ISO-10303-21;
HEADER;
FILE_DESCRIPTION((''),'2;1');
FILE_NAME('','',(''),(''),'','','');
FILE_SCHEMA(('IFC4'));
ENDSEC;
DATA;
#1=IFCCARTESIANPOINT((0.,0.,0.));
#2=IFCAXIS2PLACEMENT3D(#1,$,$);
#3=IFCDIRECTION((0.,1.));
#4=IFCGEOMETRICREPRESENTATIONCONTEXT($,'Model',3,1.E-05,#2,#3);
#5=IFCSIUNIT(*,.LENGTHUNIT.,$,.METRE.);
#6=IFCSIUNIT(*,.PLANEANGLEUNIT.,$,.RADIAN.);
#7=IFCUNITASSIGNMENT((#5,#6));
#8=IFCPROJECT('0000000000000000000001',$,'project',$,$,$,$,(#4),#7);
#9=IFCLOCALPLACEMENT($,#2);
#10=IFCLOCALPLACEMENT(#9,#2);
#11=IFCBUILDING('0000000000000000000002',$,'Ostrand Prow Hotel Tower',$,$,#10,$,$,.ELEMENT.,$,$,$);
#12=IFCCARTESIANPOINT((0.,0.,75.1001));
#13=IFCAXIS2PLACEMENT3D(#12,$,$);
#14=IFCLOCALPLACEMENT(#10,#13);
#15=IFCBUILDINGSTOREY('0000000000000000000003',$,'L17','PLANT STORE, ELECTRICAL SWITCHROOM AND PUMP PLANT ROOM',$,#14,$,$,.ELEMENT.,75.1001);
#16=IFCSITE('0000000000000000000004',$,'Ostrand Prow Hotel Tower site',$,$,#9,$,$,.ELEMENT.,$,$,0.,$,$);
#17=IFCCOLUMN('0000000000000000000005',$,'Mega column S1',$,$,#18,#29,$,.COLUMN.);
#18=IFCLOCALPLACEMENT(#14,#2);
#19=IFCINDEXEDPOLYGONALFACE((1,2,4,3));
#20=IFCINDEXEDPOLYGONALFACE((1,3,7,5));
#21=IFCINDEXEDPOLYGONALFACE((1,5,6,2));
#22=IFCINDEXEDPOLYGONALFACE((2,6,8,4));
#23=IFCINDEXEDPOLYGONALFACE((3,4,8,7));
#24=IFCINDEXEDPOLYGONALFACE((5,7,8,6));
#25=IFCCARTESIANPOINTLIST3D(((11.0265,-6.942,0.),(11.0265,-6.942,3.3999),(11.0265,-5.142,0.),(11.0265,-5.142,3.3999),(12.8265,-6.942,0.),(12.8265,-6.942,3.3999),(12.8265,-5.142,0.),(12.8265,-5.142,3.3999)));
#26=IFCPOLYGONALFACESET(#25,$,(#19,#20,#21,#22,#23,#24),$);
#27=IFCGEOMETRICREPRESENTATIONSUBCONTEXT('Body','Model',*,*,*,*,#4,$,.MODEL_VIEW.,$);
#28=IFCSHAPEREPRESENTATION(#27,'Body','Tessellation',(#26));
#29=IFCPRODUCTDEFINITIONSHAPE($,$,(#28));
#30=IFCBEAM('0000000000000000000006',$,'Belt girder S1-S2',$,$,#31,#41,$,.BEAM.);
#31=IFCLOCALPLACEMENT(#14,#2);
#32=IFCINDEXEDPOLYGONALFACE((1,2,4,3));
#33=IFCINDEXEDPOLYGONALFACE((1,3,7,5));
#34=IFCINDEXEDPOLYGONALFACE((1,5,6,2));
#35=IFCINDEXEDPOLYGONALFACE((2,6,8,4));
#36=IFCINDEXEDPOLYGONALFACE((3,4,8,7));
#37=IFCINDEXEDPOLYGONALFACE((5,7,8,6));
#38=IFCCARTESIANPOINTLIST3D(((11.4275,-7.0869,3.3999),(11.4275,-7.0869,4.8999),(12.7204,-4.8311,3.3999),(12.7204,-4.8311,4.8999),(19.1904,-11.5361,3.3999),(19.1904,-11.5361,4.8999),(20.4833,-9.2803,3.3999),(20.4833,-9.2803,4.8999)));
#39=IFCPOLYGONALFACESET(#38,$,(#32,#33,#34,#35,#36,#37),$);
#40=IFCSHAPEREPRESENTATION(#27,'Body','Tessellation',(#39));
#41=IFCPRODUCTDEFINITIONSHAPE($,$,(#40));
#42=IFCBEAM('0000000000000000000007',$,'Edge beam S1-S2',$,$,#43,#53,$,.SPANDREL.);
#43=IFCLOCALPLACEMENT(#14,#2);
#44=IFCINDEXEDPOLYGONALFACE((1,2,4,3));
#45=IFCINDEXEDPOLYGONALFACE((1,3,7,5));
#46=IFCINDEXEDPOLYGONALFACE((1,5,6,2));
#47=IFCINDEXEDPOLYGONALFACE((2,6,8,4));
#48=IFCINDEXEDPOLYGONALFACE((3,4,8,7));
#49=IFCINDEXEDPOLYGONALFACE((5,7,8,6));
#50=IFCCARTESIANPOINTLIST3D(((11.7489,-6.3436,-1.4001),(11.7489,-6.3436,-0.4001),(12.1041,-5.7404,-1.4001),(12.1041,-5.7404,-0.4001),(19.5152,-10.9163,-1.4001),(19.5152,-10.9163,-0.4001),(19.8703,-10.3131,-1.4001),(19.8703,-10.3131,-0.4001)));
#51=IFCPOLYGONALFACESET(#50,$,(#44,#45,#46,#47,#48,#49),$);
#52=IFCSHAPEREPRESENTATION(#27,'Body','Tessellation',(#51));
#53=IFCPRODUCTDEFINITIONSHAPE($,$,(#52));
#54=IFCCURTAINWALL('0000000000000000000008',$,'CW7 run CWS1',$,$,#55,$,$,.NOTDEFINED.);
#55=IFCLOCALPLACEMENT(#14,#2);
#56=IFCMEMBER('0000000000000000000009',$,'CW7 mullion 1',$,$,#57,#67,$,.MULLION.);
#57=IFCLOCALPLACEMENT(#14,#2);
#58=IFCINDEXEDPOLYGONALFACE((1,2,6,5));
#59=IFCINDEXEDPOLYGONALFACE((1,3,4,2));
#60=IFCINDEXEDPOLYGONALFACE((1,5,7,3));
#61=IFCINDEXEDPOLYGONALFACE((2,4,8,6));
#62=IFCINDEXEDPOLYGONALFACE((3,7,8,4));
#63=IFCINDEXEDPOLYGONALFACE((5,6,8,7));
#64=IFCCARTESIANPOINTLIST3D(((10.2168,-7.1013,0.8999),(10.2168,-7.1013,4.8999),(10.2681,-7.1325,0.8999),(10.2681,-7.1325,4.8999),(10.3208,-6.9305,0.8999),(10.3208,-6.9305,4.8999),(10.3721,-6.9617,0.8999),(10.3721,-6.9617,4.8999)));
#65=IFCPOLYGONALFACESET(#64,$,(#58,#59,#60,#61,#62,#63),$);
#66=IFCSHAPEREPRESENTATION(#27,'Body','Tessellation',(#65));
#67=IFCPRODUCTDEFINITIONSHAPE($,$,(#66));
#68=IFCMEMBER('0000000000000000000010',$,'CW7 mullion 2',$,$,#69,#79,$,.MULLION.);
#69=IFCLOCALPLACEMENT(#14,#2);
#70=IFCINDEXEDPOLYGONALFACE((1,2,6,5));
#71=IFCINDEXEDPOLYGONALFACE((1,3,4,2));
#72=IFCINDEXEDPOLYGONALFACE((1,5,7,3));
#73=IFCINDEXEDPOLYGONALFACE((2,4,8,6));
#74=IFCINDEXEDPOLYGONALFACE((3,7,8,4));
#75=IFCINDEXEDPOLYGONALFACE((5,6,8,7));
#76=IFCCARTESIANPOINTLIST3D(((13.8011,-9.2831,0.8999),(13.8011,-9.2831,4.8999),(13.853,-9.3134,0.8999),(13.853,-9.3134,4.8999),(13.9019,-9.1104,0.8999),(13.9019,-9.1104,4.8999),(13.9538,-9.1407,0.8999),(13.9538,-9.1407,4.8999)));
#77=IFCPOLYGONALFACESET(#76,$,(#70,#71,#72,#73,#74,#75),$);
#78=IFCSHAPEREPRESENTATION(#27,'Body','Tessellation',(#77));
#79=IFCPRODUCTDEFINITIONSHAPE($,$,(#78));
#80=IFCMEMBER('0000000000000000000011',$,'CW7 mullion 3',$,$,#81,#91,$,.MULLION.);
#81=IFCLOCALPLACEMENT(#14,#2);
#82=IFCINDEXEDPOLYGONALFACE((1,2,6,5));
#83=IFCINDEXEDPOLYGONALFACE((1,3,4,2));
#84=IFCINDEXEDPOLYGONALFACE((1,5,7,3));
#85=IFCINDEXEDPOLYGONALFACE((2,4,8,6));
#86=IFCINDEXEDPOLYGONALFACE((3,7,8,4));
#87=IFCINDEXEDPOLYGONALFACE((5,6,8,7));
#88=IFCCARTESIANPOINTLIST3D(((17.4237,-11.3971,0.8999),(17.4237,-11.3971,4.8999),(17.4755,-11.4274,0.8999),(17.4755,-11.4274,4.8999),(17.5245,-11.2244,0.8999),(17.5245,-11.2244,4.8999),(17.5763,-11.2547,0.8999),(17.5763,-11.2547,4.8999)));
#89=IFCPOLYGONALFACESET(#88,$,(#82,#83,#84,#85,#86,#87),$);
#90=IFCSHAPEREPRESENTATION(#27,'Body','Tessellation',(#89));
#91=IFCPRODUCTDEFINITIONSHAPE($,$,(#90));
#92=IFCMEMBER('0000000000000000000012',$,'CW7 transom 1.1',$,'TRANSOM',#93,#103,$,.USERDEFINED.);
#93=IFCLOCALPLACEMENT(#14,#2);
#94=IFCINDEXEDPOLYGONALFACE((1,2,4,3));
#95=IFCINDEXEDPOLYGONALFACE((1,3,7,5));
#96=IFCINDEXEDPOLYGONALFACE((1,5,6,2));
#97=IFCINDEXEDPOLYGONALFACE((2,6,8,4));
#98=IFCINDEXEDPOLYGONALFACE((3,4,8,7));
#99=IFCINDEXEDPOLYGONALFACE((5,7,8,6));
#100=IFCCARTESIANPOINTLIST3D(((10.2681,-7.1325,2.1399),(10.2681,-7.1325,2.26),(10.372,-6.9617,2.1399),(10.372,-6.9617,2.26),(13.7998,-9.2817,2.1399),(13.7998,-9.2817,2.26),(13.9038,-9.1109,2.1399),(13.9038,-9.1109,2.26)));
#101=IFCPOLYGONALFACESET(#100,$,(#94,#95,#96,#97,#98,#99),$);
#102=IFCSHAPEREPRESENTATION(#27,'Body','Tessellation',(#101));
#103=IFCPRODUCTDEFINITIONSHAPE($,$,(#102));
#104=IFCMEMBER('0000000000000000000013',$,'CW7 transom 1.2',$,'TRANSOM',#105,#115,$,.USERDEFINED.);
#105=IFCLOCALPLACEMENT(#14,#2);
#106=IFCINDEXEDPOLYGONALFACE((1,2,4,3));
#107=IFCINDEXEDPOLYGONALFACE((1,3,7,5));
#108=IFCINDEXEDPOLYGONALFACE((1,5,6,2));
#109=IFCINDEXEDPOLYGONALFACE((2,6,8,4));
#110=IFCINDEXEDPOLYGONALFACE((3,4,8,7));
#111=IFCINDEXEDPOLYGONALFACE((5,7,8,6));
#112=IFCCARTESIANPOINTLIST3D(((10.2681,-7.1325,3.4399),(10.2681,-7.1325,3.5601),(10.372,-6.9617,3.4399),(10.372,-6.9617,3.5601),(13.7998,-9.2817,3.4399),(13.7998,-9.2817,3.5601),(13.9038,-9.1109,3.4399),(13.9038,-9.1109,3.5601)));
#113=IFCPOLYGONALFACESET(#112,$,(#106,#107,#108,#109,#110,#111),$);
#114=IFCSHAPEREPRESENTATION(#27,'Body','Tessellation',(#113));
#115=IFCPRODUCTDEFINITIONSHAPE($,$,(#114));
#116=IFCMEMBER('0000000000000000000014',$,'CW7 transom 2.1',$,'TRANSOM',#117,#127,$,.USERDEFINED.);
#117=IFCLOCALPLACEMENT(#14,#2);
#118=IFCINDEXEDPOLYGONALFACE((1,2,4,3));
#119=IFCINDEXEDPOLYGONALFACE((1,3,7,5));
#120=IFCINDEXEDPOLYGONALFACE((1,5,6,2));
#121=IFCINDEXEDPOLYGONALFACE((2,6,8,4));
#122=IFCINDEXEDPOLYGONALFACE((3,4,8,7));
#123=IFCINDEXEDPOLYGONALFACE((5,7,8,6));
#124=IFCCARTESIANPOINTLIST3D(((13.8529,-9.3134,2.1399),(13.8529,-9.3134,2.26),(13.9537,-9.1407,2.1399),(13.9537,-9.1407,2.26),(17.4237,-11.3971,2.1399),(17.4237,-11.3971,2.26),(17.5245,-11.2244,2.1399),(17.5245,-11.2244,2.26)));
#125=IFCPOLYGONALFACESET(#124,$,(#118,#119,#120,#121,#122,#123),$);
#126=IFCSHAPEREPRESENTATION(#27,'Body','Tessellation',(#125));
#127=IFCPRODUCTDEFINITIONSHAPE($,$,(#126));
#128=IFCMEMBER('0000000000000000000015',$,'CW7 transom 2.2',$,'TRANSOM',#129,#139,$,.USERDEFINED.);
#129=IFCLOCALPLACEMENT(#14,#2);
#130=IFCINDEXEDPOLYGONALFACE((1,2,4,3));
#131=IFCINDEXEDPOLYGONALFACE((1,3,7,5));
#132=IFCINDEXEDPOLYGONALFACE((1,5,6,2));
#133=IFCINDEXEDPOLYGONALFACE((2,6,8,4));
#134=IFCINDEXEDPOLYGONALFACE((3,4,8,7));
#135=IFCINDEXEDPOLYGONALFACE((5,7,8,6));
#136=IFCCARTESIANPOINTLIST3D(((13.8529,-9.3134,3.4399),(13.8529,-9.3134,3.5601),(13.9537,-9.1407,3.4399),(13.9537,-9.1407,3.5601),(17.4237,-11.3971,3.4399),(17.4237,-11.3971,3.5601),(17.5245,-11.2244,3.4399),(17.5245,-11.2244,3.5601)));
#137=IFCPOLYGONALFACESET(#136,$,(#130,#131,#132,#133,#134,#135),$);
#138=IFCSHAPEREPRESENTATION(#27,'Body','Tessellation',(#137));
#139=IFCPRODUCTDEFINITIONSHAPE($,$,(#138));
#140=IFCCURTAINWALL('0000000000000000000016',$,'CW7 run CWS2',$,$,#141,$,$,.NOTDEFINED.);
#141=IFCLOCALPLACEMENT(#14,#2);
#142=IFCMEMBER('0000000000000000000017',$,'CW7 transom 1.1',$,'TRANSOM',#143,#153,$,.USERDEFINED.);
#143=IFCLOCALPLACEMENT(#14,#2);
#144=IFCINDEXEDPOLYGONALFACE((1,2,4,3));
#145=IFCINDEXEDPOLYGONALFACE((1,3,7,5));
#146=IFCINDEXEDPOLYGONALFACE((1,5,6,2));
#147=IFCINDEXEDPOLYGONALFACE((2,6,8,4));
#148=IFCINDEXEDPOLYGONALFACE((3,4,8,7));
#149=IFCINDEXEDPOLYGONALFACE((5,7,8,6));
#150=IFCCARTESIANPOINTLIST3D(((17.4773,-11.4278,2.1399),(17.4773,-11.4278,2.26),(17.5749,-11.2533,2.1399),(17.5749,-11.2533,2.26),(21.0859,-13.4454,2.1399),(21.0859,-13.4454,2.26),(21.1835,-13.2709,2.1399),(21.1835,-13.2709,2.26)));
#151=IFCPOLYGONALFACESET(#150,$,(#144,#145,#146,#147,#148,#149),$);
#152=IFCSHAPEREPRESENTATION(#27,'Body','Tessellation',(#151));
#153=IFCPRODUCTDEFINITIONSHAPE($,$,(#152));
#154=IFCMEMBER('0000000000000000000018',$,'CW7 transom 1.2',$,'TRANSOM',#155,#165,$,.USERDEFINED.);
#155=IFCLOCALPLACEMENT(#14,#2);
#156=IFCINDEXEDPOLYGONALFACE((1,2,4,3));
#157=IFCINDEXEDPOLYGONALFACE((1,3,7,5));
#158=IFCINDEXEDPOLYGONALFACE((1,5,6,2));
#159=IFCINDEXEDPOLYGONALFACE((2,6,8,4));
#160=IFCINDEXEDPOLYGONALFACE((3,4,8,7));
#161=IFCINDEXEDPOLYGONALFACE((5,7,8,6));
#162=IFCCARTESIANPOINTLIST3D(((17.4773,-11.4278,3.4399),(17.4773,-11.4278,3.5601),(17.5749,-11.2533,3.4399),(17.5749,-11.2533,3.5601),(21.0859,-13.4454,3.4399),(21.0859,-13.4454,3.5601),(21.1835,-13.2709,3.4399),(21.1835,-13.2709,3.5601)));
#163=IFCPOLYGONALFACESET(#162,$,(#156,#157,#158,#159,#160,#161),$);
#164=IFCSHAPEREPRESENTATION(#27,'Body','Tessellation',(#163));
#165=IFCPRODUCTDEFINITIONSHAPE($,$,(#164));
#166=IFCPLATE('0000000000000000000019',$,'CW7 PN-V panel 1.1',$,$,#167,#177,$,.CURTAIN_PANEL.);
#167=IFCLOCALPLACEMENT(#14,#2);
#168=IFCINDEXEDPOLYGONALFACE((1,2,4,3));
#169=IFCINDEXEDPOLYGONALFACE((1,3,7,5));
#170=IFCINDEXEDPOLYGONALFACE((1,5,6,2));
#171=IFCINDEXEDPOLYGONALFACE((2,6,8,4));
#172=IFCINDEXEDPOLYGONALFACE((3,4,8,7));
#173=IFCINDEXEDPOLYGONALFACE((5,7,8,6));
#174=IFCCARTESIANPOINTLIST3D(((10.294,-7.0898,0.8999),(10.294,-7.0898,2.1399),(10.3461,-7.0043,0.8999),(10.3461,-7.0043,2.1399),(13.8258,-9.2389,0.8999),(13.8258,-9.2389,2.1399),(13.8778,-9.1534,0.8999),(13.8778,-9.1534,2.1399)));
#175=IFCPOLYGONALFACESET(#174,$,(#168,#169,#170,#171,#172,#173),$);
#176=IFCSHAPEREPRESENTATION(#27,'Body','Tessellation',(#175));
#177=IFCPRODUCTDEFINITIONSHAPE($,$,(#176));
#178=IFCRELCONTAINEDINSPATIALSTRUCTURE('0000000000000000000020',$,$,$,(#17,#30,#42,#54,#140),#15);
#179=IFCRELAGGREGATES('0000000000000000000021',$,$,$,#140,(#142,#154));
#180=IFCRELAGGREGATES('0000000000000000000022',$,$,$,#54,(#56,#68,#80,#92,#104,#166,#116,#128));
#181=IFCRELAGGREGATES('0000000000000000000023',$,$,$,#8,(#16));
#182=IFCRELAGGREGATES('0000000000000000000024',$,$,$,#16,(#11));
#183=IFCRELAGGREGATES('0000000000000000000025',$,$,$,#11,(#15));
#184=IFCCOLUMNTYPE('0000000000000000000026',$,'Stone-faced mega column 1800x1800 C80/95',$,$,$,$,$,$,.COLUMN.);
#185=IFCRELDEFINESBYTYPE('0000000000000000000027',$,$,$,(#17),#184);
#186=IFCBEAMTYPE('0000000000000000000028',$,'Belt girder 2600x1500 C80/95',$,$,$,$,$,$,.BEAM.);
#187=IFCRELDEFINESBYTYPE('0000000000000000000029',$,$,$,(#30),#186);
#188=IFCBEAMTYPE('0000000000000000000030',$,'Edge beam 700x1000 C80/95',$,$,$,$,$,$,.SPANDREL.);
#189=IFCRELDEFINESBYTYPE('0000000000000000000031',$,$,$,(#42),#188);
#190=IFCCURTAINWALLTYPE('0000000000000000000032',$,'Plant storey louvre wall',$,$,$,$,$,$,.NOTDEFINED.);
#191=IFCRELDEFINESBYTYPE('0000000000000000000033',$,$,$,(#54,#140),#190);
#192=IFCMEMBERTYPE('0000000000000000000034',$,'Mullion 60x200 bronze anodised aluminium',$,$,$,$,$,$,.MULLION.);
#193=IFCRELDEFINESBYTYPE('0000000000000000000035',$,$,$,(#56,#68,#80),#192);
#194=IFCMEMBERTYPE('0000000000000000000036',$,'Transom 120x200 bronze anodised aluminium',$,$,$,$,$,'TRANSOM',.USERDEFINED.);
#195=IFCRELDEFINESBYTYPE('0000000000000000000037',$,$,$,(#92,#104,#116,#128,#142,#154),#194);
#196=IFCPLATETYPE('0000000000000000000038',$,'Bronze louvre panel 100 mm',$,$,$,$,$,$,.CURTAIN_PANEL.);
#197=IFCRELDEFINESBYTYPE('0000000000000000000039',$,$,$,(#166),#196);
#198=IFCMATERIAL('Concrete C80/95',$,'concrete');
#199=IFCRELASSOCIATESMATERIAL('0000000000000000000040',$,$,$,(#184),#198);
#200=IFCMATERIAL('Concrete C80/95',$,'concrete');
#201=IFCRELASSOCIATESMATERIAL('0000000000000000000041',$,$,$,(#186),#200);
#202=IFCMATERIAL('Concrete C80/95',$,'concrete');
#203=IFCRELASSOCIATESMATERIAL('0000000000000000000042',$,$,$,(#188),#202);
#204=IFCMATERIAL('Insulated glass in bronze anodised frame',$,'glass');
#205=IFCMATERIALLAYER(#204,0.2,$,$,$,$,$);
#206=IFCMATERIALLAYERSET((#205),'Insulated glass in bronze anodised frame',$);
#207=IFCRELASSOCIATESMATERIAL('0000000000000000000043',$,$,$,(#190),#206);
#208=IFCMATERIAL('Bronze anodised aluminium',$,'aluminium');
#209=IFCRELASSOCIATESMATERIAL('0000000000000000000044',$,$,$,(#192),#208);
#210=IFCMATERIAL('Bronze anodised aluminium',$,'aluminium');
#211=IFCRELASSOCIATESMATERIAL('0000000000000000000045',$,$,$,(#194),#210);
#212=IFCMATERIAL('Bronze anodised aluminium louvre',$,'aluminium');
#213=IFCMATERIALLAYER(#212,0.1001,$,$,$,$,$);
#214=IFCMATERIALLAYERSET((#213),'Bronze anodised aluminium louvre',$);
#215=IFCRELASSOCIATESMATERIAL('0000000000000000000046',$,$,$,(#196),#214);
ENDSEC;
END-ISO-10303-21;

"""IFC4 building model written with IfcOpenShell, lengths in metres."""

from ifc_helpers import new_model, si_unit, direction, frame, origin, origin_2d, place, context, subcontext, project, spatial, rectangle, extrude, material, layer, layer_set, material_profile, profile_set, type_object, element, aggregate, save


model = new_model("IFC4")

# Units and contexts
model_context = context("Model", 3, precision=1e-05, world=origin(), true_north=direction((0.0, 1.0)))
body_context = subcontext(model_context, "Body", "Model", "MODEL_VIEW")
ifc_project = project(units=[si_unit("LENGTHUNIT", "METRE"), si_unit("PLANEANGLEUNIT", "RADIAN")], contexts=[model_context])

# Site, building, storey
site_placement = place(None, origin())
site = spatial("IfcSite", under=ifc_project, at=site_placement, Name="Ostrand Prow Hotel Tower site", CompositionType="ELEMENT", RefElevation=0.0)
building_placement = place(site_placement, origin())
building = spatial("IfcBuilding", under=site, at=building_placement, Name="Ostrand Prow Hotel Tower", CompositionType="ELEMENT")
storey_placement = place(building_placement, frame((0.0, 0.0, 75.1001)))
storey = spatial("IfcBuildingStorey", under=building, at=storey_placement, Name="L17", Description="PLANT STORE, ELECTRICAL SWITCHROOM AND PUMP PLANT ROOM", CompositionType="ELEMENT", Elevation=75.1001)

# Column
ifc_material_1 = material(Name="Concrete C80/95", Category="concrete")
ifc_material_profile_1 = material_profile(ifc_material_1, rectangle(XDim=1.8, YDim=1.8, at=origin_2d()), Name="RC 1800x1800")
ifc_profile_set_1 = profile_set([ifc_material_profile_1], Name="Concrete C80/95")
column_type = type_object("IfcColumnType", Name="Stone-faced mega column 1800x1800 C80/95", PredefinedType="COLUMN", material=ifc_profile_set_1)
column_placement = place(storey_placement, frame((11.9265, -6.042, 0.0), z_axis=(0.0, 0.0, 1.0), x_axis=(1.0, 0.0, 0.0)))
element("IfcColumn", 1, at=column_placement, inside=storey, type_object=column_type, Name="Mega column S1", PredefinedType="COLUMN", context=body_context, shape_type="SweptSolid", body=[
    extrude(rectangle(XDim=1.8, YDim=1.8, at=origin_2d()), origin(), (0.0, 0.0, 1.0), 3.3999),
])

# Beams
ifc_material_2 = material(Name="Concrete C80/95", Category="concrete")
ifc_material_profile_2 = material_profile(ifc_material_2, rectangle(XDim=2.6001, YDim=1.5, at=origin_2d()), Name="RC 2600x1500")
ifc_profile_set_2 = profile_set([ifc_material_profile_2], Name="Concrete C80/95")
beam_type_1 = type_object("IfcBeamType", Name="Belt girder 2600x1500 C80/95", PredefinedType="BEAM", material=ifc_profile_set_2)
beam_1_placement = place(storey_placement, frame((12.074, -5.959, 4.1499), z_axis=(0.867604, -0.497255, 0.0), x_axis=(0.497255, 0.867604, 0.0)))
element("IfcBeam", 2, at=beam_1_placement, inside=storey, type_object=beam_type_1, Name="Belt girder S1-S2", PredefinedType="BEAM", context=body_context, shape_type="SweptSolid", body=[
    extrude(rectangle(XDim=2.6001, YDim=1.5, at=origin_2d()), origin(), (0.0, 0.0, 1.0), 8.9475),
])
ifc_material_3 = material(Name="Concrete C80/95", Category="concrete")
ifc_material_profile_3 = material_profile(ifc_material_3, rectangle(XDim=0.7, YDim=1.0, at=origin_2d()), Name="RC 700x1000")
ifc_profile_set_3 = profile_set([ifc_material_profile_3], Name="Concrete C80/95")
beam_type_2 = type_object("IfcBeamType", Name="Edge beam 700x1000 C80/95", PredefinedType="SPANDREL", material=ifc_profile_set_3)
beam_2_placement = place(storey_placement, frame((11.9265, -6.042, -0.9001), z_axis=(0.861725, -0.507375, 0.0), x_axis=(0.507375, 0.861725, 0.0)))
element("IfcBeam", 3, at=beam_2_placement, inside=storey, type_object=beam_type_2, Name="Edge beam S1-S2", PredefinedType="SPANDREL", context=body_context, shape_type="SweptSolid", body=[
    extrude(rectangle(XDim=0.7, YDim=1.0, at=origin_2d()), origin(), (0.0, 0.0, 1.0), 9.0125),
])

# Curtain walls, members
ifc_material_4 = material(Name="Insulated glass in bronze anodised frame", Category="glass")
ifc_layer_1 = layer(ifc_material_4, 0.2)
ifc_layer_set_1 = layer_set([ifc_layer_1], Name="Insulated glass in bronze anodised frame")
curtain_wall_type = type_object("IfcCurtainWallType", Name="Plant storey louvre wall", PredefinedType="NOTDEFINED", material=ifc_layer_set_1)
curtain_wall_1_placement = place(storey_placement, origin())
curtain_wall_1 = element("IfcCurtainWall", 4, at=curtain_wall_1_placement, inside=storey, type_object=curtain_wall_type, Name="CW7 run CWS1", PredefinedType="NOTDEFINED")
ifc_material_5 = material(Name="Bronze anodised aluminium", Category="aluminium")
ifc_material_profile_4 = material_profile(ifc_material_5, rectangle(XDim=0.2, YDim=0.0601, at=origin_2d()), Name="Mullion 60x200 bronze anodised aluminium")
ifc_profile_set_4 = profile_set([ifc_material_profile_4], Name="Bronze anodised aluminium")
member_type_1 = type_object("IfcMemberType", Name="Mullion 60x200 bronze anodised aluminium", PredefinedType="MULLION", material=ifc_profile_set_4)
member_1_placement = place(storey_placement, frame((10.2944, -7.0315, 0.8999), z_axis=(0.0, 0.0, 1.0), x_axis=(0.519831, 0.854269, 0.0)))
member_1 = element("IfcMember", 5, at=member_1_placement, type_object=member_type_1, Name="CW7 mullion 1", PredefinedType="MULLION", context=body_context, shape_type="SweptSolid", body=[
    extrude(rectangle(XDim=0.2, YDim=0.0601, at=origin_2d()), origin(), (0.0, 0.0, 1.0), 4.0),
])
member_2_placement = place(storey_placement, frame((13.8774, -9.2119, 0.8999), z_axis=(0.0, 0.0, 1.0), x_axis=(0.504023, 0.86369, 0.0)))
member_2 = element("IfcMember", 6, at=member_2_placement, type_object=member_type_1, Name="CW7 mullion 2", PredefinedType="MULLION", context=body_context, shape_type="SweptSolid", body=[
    extrude(rectangle(XDim=0.2, YDim=0.0601, at=origin_2d()), origin(), (0.0, 0.0, 1.0), 4.0),
])
member_3_placement = place(storey_placement, frame((17.5, -11.3259, 0.8999), z_axis=(0.0, 0.0, 1.0), x_axis=(0.504023, 0.86369, 0.0)))
member_3 = element("IfcMember", 7, at=member_3_placement, type_object=member_type_1, Name="CW7 mullion 3", PredefinedType="MULLION", context=body_context, shape_type="SweptSolid", body=[
    extrude(rectangle(XDim=0.2, YDim=0.0601, at=origin_2d()), origin(), (0.0, 0.0, 1.0), 4.0),
])
ifc_material_6 = material(Name="Bronze anodised aluminium", Category="aluminium")
ifc_material_profile_5 = material_profile(ifc_material_6, rectangle(XDim=0.2, YDim=0.1201, at=origin_2d()), Name="Transom 120x200 bronze anodised aluminium")
ifc_profile_set_5 = profile_set([ifc_material_profile_5], Name="Bronze anodised aluminium")
member_type_2 = type_object("IfcMemberType", Name="Transom 120x200 bronze anodised aluminium", ElementType="TRANSOM", PredefinedType="USERDEFINED", material=ifc_profile_set_5)
member_4_placement = place(storey_placement, frame((10.3201, -7.0471, 2.2), z_axis=(0.854261, -0.519844, 0.0), x_axis=(0.519844, 0.854261, 0.0)))
member_4 = element("IfcMember", 8, at=member_4_placement, type_object=member_type_2, Name="CW7 transom 1.1", ObjectType="TRANSOM", PredefinedType="USERDEFINED", context=body_context, shape_type="SweptSolid", body=[
    extrude(rectangle(XDim=0.2, YDim=0.1201, at=origin_2d()), origin(), (0.0, 0.0, 1.0), 4.1343),
])
member_5_placement = place(storey_placement, frame((10.3201, -7.0471, 3.5), z_axis=(0.854261, -0.519844, 0.0), x_axis=(0.519844, 0.854261, 0.0)))
member_5 = element("IfcMember", 9, at=member_5_placement, type_object=member_type_2, Name="CW7 transom 1.2", ObjectType="TRANSOM", PredefinedType="USERDEFINED", context=body_context, shape_type="SweptSolid", body=[
    extrude(rectangle(XDim=0.2, YDim=0.1201, at=origin_2d()), origin(), (0.0, 0.0, 1.0), 4.1343),
])
member_6_placement = place(storey_placement, frame((13.9033, -9.2271, 2.2), z_axis=(0.863698, -0.504011, 0.0), x_axis=(0.504011, 0.863698, 0.0)))
member_6 = element("IfcMember", 10, at=member_6_placement, type_object=member_type_2, Name="CW7 transom 2.1", ObjectType="TRANSOM", PredefinedType="USERDEFINED", context=body_context, shape_type="SweptSolid", body=[
    extrude(rectangle(XDim=0.2, YDim=0.1201, at=origin_2d()), origin(), (0.0, 0.0, 1.0), 4.1343),
])
member_7_placement = place(storey_placement, frame((13.9033, -9.2271, 3.5), z_axis=(0.863698, -0.504011, 0.0), x_axis=(0.504011, 0.863698, 0.0)))
member_7 = element("IfcMember", 11, at=member_7_placement, type_object=member_type_2, Name="CW7 transom 2.2", ObjectType="TRANSOM", PredefinedType="USERDEFINED", context=body_context, shape_type="SweptSolid", body=[
    extrude(rectangle(XDim=0.2, YDim=0.1201, at=origin_2d()), origin(), (0.0, 0.0, 1.0), 4.1343),
])
curtain_wall_2_placement = place(storey_placement, origin())
curtain_wall_2 = element("IfcCurtainWall", 12, at=curtain_wall_2_placement, inside=storey, type_object=curtain_wall_type, Name="CW7 run CWS2", PredefinedType="NOTDEFINED")
member_8_placement = place(storey_placement, frame((17.5261, -11.3406, 2.2), z_axis=(0.872842, -0.488003, 0.0), x_axis=(0.488003, 0.872842, 0.0)))
member_8 = element("IfcMember", 13, at=member_8_placement, type_object=member_type_2, Name="CW7 transom 1.1", ObjectType="TRANSOM", PredefinedType="USERDEFINED", context=body_context, shape_type="SweptSolid", body=[
    extrude(rectangle(XDim=0.2, YDim=0.1201, at=origin_2d()), origin(), (0.0, 0.0, 1.0), 4.1343),
])
member_9_placement = place(storey_placement, frame((17.5261, -11.3406, 3.5), z_axis=(0.872842, -0.488003, 0.0), x_axis=(0.488003, 0.872842, 0.0)))
member_9 = element("IfcMember", 14, at=member_9_placement, type_object=member_type_2, Name="CW7 transom 1.2", ObjectType="TRANSOM", PredefinedType="USERDEFINED", context=body_context, shape_type="SweptSolid", body=[
    extrude(rectangle(XDim=0.2, YDim=0.1201, at=origin_2d()), origin(), (0.0, 0.0, 1.0), 4.1343),
])
aggregate(curtain_wall_2, [member_8, member_9])

# Plate
ifc_material_7 = material(Name="Bronze anodised aluminium louvre", Category="aluminium")
ifc_layer_2 = layer(ifc_material_7, 0.1001)
ifc_layer_set_2 = layer_set([ifc_layer_2], Name="Bronze anodised aluminium louvre")
plate_type = type_object("IfcPlateType", Name="Bronze louvre panel 100 mm", PredefinedType="CURTAIN_PANEL", material=ifc_layer_set_2)
plate_1_placement = place(storey_placement, frame((12.0859, -8.1216, 0.8999), z_axis=(0.0, 0.0, 1.0), x_axis=(0.854269, -0.519831, 0.0)))
plate_1 = element("IfcPlate", 15, at=plate_1_placement, type_object=plate_type, Name="CW7 PN-V panel 1.1", PredefinedType="CURTAIN_PANEL", context=body_context, shape_type="SweptSolid", body=[
    extrude(rectangle(XDim=4.1343, YDim=0.1001, at=origin_2d()), origin(), (0.0, 0.0, 1.0), 1.24),
])
aggregate(curtain_wall_1, [member_1, member_2, member_3, member_4, member_5, plate_1, member_6, member_7])

save(model, "model.ifc")
